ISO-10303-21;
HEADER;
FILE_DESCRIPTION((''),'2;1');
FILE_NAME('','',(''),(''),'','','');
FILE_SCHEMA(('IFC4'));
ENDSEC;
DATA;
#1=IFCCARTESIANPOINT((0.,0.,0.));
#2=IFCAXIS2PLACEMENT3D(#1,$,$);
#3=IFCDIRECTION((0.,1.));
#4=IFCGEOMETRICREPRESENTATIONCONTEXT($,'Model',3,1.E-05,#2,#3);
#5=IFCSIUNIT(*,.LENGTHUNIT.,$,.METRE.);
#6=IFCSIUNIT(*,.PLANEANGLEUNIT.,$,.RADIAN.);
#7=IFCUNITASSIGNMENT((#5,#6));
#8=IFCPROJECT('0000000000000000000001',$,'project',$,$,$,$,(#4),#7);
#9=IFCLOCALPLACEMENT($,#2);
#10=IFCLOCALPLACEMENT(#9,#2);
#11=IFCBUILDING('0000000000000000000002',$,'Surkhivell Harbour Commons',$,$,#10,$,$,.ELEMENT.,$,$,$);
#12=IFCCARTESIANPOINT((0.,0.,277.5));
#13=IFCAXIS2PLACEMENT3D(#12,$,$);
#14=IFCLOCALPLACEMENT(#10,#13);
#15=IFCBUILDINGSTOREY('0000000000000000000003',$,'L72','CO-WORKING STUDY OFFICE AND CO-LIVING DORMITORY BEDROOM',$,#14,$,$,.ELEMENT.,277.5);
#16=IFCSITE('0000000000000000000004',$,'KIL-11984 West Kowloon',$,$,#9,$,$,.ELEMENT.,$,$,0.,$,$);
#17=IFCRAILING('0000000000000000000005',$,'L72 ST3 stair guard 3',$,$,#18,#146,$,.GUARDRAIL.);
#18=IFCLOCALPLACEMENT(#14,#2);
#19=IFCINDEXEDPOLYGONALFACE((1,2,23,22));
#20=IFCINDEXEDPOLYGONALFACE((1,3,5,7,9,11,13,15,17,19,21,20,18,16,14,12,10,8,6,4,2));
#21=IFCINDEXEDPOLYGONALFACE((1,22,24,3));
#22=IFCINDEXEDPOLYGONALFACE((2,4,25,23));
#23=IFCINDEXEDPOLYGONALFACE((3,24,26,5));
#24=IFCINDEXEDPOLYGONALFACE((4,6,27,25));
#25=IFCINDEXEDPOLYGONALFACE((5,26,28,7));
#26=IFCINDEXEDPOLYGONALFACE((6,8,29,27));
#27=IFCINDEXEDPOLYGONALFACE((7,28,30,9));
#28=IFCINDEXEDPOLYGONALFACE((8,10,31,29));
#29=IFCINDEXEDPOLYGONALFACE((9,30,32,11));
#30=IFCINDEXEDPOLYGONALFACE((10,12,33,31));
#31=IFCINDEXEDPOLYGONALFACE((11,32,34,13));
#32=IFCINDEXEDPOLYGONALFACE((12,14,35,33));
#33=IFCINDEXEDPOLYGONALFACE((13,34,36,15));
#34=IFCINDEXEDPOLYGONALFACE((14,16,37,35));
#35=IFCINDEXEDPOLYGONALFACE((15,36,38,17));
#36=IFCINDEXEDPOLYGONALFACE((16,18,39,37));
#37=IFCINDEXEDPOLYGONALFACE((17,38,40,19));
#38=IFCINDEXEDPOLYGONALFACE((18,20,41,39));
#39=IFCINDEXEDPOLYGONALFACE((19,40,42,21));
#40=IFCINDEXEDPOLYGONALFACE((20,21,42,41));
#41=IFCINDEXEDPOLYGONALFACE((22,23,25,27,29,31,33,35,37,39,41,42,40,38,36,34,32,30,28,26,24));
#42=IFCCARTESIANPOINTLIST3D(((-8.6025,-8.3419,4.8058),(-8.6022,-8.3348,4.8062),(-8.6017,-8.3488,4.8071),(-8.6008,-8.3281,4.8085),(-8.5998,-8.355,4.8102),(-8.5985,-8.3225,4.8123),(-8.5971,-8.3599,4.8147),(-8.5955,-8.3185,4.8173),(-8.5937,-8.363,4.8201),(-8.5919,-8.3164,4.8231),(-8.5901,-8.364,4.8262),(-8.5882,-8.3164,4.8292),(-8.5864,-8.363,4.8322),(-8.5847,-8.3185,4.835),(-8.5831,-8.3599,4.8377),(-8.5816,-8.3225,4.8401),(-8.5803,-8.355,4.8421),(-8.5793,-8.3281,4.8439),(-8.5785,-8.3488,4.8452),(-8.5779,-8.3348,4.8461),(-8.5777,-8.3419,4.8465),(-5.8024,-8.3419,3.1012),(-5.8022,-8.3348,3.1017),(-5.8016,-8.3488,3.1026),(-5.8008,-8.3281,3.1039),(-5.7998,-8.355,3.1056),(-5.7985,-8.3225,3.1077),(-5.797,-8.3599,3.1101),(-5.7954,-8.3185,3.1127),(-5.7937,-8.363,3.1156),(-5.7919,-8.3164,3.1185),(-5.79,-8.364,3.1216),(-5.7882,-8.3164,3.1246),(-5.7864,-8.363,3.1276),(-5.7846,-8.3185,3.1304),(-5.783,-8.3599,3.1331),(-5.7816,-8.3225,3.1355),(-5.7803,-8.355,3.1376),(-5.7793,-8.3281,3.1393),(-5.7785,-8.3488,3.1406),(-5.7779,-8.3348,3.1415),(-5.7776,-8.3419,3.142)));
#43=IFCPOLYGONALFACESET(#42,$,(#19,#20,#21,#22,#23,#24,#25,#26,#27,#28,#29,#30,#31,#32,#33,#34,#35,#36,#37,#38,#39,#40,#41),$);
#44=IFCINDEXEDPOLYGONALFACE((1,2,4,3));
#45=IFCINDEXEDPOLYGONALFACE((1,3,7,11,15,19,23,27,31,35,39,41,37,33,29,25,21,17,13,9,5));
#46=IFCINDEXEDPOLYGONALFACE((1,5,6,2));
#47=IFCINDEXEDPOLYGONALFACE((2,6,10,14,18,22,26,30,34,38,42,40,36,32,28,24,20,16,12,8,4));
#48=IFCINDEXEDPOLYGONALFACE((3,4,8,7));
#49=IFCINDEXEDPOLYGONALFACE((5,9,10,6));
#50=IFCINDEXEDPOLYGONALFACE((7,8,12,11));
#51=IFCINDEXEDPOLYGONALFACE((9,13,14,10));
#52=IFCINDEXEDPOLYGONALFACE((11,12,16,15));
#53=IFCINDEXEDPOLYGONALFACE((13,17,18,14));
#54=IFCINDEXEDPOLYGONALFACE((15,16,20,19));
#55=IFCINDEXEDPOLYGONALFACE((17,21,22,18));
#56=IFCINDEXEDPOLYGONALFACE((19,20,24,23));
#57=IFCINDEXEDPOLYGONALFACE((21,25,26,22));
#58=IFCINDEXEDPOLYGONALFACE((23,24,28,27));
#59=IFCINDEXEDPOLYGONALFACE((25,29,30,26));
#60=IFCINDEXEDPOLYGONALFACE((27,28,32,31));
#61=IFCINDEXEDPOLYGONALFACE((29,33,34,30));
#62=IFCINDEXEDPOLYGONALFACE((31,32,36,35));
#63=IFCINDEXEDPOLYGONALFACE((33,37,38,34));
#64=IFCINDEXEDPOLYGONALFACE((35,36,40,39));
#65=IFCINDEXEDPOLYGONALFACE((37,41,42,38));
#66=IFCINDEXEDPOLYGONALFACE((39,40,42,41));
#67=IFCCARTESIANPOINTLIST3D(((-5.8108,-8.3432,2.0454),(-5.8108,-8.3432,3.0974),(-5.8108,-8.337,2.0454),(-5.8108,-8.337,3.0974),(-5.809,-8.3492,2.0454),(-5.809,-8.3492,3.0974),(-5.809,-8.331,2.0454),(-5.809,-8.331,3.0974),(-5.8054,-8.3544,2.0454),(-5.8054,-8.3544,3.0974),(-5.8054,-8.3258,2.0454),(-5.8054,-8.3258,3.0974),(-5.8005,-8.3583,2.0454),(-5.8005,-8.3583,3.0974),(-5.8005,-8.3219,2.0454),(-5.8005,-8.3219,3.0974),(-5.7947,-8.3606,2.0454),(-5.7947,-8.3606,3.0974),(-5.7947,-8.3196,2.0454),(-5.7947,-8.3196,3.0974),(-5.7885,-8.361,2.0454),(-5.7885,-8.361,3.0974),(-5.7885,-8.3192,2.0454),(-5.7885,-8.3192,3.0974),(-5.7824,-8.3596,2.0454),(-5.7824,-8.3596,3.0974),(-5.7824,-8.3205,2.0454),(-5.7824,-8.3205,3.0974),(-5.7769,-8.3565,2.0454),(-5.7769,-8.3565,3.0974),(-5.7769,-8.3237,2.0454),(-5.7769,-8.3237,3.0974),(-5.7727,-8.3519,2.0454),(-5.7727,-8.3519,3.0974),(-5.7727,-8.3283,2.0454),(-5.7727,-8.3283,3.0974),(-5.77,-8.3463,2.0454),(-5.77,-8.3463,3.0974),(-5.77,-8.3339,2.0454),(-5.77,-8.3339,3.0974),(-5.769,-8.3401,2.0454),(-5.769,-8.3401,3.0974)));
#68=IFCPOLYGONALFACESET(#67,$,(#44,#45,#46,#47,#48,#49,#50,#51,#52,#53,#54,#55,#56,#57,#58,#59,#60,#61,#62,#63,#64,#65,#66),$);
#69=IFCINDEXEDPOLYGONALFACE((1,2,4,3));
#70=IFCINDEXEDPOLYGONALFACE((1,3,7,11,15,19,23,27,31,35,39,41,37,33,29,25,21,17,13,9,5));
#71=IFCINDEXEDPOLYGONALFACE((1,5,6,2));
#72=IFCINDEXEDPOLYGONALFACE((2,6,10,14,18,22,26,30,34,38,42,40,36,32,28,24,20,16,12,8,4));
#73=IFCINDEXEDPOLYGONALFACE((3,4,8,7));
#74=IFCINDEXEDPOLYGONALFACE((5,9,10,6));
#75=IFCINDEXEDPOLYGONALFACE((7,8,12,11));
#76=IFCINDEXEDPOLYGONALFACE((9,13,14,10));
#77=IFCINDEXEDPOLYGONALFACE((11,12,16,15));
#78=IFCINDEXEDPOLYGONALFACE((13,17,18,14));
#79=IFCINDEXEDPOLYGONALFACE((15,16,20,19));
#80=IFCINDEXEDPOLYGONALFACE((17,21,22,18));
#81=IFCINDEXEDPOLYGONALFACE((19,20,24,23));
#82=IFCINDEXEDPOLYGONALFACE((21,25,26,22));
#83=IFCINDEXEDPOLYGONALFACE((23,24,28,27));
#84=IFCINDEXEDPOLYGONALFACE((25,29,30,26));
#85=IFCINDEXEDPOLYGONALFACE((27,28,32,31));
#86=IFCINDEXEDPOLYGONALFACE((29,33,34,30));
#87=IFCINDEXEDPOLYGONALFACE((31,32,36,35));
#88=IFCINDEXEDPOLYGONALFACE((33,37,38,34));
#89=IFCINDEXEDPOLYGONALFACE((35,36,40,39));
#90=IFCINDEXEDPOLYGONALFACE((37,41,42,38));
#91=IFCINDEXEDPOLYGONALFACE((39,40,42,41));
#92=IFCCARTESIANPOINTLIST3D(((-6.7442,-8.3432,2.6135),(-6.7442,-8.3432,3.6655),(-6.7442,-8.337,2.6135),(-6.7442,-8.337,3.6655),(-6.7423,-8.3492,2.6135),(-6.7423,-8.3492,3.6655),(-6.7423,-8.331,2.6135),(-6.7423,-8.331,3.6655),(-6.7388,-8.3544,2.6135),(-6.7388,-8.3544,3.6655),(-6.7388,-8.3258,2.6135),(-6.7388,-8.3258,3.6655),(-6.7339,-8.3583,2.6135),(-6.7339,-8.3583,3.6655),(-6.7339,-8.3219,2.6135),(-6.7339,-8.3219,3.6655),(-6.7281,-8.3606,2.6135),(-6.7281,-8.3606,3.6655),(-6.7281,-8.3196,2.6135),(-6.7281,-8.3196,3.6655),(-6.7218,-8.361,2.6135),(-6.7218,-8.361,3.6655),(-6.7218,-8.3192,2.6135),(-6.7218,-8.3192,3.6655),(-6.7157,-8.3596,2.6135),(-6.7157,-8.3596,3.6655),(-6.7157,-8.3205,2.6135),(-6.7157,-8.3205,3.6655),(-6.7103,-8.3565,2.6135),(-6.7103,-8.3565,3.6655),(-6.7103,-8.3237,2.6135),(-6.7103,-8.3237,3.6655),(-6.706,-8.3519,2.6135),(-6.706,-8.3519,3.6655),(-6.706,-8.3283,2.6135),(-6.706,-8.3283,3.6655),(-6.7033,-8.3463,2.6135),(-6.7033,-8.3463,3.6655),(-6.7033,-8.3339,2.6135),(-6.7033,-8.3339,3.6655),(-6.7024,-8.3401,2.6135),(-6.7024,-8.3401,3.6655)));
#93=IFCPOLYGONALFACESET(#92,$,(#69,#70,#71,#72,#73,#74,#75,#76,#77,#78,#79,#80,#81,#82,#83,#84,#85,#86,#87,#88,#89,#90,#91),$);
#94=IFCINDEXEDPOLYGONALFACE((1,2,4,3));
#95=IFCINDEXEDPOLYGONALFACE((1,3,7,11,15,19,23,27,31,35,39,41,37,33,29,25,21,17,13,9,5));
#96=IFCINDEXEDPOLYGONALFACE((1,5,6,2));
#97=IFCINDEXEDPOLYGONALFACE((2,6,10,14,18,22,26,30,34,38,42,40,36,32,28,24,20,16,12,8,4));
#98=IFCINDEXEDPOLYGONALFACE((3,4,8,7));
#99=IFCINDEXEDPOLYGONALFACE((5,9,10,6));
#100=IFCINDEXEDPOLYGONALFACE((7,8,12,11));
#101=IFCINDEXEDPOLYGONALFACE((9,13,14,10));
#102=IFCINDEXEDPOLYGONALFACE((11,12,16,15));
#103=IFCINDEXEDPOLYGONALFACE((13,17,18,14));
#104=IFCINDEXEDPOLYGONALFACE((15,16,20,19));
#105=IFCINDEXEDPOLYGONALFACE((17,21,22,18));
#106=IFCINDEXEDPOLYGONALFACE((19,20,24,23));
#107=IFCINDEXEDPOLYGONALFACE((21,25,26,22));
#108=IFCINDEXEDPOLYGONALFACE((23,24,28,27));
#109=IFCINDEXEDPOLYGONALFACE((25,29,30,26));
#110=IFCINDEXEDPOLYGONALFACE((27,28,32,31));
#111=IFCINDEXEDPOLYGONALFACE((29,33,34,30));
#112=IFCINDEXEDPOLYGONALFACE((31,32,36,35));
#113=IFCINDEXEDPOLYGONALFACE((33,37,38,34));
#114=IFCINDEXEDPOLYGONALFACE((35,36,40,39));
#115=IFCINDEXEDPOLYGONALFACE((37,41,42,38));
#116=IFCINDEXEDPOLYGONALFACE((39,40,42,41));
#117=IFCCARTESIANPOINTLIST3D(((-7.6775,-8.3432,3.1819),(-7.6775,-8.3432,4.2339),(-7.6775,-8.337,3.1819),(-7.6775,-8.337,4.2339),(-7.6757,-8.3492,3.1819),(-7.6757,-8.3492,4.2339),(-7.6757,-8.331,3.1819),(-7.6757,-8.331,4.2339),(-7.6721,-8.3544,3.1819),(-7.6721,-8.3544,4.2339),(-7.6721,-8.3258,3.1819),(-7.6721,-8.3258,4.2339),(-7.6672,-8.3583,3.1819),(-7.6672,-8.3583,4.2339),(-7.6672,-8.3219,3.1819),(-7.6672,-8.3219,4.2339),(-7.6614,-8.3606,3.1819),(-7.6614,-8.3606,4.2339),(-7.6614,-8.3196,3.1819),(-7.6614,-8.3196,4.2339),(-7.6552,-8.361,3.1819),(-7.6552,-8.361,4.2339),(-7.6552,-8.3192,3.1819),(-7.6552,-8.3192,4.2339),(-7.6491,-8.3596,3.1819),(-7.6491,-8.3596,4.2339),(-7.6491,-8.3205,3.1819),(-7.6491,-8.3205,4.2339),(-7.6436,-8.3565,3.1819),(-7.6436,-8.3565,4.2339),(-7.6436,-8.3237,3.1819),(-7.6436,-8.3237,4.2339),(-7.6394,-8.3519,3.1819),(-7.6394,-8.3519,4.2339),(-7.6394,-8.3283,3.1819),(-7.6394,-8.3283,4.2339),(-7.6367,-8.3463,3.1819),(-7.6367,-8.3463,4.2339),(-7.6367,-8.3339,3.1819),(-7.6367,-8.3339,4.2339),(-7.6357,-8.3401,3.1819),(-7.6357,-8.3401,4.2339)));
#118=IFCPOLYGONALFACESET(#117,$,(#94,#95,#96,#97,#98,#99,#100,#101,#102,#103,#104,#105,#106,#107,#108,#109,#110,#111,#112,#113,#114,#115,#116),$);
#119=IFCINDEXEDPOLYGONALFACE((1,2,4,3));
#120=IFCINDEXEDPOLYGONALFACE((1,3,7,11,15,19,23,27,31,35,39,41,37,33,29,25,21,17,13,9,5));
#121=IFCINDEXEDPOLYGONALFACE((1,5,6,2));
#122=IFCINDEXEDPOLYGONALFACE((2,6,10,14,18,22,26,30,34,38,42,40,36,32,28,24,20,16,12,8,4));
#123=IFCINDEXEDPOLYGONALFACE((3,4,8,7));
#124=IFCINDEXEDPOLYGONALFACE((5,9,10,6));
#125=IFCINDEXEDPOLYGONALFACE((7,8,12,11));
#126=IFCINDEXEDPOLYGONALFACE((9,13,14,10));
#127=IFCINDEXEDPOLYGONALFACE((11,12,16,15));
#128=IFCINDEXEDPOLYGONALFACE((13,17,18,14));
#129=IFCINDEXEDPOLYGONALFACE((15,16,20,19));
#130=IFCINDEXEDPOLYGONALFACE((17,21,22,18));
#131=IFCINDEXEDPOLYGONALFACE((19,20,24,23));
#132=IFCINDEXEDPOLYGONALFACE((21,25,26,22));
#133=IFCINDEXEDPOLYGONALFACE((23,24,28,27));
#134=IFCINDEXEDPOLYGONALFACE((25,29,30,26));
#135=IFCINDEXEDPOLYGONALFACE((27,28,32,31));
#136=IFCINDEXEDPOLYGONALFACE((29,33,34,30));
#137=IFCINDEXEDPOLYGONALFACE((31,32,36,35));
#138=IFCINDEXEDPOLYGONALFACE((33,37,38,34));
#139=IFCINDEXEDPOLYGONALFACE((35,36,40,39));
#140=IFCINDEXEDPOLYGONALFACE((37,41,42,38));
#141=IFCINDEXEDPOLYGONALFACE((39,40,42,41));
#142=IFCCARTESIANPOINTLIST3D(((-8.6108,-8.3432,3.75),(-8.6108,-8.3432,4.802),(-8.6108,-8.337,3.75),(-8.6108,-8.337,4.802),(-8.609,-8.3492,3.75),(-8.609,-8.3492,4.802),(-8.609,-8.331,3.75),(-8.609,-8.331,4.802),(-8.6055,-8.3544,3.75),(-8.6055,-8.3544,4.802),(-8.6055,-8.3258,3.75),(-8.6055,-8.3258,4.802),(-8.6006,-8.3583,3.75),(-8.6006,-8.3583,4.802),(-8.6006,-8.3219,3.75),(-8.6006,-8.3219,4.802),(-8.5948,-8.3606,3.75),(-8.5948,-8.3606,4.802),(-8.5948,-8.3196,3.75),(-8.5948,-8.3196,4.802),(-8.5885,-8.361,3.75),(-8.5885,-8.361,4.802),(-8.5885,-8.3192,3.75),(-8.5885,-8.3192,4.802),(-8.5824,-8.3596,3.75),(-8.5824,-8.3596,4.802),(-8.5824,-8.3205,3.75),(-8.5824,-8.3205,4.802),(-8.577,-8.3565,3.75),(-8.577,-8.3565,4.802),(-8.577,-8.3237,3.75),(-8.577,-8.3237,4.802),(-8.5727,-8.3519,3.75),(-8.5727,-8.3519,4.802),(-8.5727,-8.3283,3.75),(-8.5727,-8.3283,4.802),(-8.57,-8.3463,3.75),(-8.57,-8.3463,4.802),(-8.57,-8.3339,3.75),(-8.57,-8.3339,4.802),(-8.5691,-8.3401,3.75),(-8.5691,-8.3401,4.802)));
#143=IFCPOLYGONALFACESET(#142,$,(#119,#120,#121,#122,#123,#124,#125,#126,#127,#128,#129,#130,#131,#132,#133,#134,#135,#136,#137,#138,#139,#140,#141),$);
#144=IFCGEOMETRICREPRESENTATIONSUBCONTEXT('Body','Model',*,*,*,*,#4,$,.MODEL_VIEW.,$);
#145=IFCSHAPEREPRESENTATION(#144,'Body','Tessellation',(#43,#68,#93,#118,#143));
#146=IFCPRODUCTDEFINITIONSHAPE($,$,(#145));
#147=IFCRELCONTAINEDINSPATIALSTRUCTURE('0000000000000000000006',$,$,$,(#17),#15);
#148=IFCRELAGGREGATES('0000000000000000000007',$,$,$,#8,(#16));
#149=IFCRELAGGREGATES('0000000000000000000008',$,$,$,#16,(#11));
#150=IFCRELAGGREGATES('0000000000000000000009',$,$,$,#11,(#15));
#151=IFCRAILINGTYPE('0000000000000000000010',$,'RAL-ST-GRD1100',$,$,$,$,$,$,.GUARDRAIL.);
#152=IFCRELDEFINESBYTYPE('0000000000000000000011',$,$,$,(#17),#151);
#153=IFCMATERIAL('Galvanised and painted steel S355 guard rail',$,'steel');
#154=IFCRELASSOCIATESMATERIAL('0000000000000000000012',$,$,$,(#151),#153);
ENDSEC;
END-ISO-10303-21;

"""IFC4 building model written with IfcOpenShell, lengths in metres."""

from ifc_helpers import new_model, si_unit, direction, frame, origin, origin_2d, place, context, subcontext, project, spatial, circle, extrude, material, type_object, element, save


model = new_model("IFC4")

# Units and contexts
model_context = context("Model", 3, precision=1e-05, world=origin(), true_north=direction((0.0, 1.0)))
body_context = subcontext(model_context, "Body", "Model", "MODEL_VIEW")
ifc_project = project(units=[si_unit("LENGTHUNIT", "METRE"), si_unit("PLANEANGLEUNIT", "RADIAN")], contexts=[model_context])

# Site, building, storey
site_placement = place(None, origin())
site = spatial("IfcSite", under=ifc_project, at=site_placement, Name="KIL-11984 West Kowloon", CompositionType="ELEMENT", RefElevation=0.0)
building_placement = place(site_placement, origin())
building = spatial("IfcBuilding", under=site, at=building_placement, Name="Surkhivell Harbour Commons", CompositionType="ELEMENT")
storey_placement = place(building_placement, frame((0.0, 0.0, 277.5)))
storey = spatial("IfcBuildingStorey", under=building, at=storey_placement, Name="L72", Description="CO-WORKING STUDY OFFICE AND CO-LIVING DORMITORY BEDROOM", CompositionType="ELEMENT", Elevation=277.5)

# Railing
ifc_material_1 = material(Name="Galvanised and painted steel S355 guard rail", Category="steel")
railing_type_1 = type_object("IfcRailingType", Name="RAL-ST-GRD1100", PredefinedType="GUARDRAIL", material=ifc_material_1)
railing_1_placement = place(storey_placement, frame((-5.79, -8.3401, 2.0454)))
element("IfcRailing", 1, at=railing_1_placement, inside=storey, type_object=railing_type_1, Name="L72 ST3 stair guard 3", PredefinedType="GUARDRAIL", context=body_context, shape_type="SweptSolid", body=[
    extrude(circle(Radius=0.0239, at=origin_2d()), frame((0.0, 0.0, 1.0762), z_axis=(-0.85417, 0.0, 0.519994), x_axis=(0.0, -1.0, 0.0)), (0.0, 0.0, 1.0), 3.2781),
    extrude(circle(Radius=0.021, at=origin_2d()), origin(), (0.0, 0.0, 1.0), 1.052),
    extrude(circle(Radius=0.021, at=origin_2d()), frame((-0.9333, 0.0, 0.5681)), (0.0, 0.0, 1.0), 1.052),
    extrude(circle(Radius=0.021, at=origin_2d()), frame((-1.8667, 0.0, 1.1365)), (0.0, 0.0, 1.0), 1.052),
    extrude(circle(Radius=0.021, at=origin_2d()), frame((-2.8, 0.0, 1.7046)), (0.0, 0.0, 1.0), 1.052),
])

save(model, "model.ifc")
